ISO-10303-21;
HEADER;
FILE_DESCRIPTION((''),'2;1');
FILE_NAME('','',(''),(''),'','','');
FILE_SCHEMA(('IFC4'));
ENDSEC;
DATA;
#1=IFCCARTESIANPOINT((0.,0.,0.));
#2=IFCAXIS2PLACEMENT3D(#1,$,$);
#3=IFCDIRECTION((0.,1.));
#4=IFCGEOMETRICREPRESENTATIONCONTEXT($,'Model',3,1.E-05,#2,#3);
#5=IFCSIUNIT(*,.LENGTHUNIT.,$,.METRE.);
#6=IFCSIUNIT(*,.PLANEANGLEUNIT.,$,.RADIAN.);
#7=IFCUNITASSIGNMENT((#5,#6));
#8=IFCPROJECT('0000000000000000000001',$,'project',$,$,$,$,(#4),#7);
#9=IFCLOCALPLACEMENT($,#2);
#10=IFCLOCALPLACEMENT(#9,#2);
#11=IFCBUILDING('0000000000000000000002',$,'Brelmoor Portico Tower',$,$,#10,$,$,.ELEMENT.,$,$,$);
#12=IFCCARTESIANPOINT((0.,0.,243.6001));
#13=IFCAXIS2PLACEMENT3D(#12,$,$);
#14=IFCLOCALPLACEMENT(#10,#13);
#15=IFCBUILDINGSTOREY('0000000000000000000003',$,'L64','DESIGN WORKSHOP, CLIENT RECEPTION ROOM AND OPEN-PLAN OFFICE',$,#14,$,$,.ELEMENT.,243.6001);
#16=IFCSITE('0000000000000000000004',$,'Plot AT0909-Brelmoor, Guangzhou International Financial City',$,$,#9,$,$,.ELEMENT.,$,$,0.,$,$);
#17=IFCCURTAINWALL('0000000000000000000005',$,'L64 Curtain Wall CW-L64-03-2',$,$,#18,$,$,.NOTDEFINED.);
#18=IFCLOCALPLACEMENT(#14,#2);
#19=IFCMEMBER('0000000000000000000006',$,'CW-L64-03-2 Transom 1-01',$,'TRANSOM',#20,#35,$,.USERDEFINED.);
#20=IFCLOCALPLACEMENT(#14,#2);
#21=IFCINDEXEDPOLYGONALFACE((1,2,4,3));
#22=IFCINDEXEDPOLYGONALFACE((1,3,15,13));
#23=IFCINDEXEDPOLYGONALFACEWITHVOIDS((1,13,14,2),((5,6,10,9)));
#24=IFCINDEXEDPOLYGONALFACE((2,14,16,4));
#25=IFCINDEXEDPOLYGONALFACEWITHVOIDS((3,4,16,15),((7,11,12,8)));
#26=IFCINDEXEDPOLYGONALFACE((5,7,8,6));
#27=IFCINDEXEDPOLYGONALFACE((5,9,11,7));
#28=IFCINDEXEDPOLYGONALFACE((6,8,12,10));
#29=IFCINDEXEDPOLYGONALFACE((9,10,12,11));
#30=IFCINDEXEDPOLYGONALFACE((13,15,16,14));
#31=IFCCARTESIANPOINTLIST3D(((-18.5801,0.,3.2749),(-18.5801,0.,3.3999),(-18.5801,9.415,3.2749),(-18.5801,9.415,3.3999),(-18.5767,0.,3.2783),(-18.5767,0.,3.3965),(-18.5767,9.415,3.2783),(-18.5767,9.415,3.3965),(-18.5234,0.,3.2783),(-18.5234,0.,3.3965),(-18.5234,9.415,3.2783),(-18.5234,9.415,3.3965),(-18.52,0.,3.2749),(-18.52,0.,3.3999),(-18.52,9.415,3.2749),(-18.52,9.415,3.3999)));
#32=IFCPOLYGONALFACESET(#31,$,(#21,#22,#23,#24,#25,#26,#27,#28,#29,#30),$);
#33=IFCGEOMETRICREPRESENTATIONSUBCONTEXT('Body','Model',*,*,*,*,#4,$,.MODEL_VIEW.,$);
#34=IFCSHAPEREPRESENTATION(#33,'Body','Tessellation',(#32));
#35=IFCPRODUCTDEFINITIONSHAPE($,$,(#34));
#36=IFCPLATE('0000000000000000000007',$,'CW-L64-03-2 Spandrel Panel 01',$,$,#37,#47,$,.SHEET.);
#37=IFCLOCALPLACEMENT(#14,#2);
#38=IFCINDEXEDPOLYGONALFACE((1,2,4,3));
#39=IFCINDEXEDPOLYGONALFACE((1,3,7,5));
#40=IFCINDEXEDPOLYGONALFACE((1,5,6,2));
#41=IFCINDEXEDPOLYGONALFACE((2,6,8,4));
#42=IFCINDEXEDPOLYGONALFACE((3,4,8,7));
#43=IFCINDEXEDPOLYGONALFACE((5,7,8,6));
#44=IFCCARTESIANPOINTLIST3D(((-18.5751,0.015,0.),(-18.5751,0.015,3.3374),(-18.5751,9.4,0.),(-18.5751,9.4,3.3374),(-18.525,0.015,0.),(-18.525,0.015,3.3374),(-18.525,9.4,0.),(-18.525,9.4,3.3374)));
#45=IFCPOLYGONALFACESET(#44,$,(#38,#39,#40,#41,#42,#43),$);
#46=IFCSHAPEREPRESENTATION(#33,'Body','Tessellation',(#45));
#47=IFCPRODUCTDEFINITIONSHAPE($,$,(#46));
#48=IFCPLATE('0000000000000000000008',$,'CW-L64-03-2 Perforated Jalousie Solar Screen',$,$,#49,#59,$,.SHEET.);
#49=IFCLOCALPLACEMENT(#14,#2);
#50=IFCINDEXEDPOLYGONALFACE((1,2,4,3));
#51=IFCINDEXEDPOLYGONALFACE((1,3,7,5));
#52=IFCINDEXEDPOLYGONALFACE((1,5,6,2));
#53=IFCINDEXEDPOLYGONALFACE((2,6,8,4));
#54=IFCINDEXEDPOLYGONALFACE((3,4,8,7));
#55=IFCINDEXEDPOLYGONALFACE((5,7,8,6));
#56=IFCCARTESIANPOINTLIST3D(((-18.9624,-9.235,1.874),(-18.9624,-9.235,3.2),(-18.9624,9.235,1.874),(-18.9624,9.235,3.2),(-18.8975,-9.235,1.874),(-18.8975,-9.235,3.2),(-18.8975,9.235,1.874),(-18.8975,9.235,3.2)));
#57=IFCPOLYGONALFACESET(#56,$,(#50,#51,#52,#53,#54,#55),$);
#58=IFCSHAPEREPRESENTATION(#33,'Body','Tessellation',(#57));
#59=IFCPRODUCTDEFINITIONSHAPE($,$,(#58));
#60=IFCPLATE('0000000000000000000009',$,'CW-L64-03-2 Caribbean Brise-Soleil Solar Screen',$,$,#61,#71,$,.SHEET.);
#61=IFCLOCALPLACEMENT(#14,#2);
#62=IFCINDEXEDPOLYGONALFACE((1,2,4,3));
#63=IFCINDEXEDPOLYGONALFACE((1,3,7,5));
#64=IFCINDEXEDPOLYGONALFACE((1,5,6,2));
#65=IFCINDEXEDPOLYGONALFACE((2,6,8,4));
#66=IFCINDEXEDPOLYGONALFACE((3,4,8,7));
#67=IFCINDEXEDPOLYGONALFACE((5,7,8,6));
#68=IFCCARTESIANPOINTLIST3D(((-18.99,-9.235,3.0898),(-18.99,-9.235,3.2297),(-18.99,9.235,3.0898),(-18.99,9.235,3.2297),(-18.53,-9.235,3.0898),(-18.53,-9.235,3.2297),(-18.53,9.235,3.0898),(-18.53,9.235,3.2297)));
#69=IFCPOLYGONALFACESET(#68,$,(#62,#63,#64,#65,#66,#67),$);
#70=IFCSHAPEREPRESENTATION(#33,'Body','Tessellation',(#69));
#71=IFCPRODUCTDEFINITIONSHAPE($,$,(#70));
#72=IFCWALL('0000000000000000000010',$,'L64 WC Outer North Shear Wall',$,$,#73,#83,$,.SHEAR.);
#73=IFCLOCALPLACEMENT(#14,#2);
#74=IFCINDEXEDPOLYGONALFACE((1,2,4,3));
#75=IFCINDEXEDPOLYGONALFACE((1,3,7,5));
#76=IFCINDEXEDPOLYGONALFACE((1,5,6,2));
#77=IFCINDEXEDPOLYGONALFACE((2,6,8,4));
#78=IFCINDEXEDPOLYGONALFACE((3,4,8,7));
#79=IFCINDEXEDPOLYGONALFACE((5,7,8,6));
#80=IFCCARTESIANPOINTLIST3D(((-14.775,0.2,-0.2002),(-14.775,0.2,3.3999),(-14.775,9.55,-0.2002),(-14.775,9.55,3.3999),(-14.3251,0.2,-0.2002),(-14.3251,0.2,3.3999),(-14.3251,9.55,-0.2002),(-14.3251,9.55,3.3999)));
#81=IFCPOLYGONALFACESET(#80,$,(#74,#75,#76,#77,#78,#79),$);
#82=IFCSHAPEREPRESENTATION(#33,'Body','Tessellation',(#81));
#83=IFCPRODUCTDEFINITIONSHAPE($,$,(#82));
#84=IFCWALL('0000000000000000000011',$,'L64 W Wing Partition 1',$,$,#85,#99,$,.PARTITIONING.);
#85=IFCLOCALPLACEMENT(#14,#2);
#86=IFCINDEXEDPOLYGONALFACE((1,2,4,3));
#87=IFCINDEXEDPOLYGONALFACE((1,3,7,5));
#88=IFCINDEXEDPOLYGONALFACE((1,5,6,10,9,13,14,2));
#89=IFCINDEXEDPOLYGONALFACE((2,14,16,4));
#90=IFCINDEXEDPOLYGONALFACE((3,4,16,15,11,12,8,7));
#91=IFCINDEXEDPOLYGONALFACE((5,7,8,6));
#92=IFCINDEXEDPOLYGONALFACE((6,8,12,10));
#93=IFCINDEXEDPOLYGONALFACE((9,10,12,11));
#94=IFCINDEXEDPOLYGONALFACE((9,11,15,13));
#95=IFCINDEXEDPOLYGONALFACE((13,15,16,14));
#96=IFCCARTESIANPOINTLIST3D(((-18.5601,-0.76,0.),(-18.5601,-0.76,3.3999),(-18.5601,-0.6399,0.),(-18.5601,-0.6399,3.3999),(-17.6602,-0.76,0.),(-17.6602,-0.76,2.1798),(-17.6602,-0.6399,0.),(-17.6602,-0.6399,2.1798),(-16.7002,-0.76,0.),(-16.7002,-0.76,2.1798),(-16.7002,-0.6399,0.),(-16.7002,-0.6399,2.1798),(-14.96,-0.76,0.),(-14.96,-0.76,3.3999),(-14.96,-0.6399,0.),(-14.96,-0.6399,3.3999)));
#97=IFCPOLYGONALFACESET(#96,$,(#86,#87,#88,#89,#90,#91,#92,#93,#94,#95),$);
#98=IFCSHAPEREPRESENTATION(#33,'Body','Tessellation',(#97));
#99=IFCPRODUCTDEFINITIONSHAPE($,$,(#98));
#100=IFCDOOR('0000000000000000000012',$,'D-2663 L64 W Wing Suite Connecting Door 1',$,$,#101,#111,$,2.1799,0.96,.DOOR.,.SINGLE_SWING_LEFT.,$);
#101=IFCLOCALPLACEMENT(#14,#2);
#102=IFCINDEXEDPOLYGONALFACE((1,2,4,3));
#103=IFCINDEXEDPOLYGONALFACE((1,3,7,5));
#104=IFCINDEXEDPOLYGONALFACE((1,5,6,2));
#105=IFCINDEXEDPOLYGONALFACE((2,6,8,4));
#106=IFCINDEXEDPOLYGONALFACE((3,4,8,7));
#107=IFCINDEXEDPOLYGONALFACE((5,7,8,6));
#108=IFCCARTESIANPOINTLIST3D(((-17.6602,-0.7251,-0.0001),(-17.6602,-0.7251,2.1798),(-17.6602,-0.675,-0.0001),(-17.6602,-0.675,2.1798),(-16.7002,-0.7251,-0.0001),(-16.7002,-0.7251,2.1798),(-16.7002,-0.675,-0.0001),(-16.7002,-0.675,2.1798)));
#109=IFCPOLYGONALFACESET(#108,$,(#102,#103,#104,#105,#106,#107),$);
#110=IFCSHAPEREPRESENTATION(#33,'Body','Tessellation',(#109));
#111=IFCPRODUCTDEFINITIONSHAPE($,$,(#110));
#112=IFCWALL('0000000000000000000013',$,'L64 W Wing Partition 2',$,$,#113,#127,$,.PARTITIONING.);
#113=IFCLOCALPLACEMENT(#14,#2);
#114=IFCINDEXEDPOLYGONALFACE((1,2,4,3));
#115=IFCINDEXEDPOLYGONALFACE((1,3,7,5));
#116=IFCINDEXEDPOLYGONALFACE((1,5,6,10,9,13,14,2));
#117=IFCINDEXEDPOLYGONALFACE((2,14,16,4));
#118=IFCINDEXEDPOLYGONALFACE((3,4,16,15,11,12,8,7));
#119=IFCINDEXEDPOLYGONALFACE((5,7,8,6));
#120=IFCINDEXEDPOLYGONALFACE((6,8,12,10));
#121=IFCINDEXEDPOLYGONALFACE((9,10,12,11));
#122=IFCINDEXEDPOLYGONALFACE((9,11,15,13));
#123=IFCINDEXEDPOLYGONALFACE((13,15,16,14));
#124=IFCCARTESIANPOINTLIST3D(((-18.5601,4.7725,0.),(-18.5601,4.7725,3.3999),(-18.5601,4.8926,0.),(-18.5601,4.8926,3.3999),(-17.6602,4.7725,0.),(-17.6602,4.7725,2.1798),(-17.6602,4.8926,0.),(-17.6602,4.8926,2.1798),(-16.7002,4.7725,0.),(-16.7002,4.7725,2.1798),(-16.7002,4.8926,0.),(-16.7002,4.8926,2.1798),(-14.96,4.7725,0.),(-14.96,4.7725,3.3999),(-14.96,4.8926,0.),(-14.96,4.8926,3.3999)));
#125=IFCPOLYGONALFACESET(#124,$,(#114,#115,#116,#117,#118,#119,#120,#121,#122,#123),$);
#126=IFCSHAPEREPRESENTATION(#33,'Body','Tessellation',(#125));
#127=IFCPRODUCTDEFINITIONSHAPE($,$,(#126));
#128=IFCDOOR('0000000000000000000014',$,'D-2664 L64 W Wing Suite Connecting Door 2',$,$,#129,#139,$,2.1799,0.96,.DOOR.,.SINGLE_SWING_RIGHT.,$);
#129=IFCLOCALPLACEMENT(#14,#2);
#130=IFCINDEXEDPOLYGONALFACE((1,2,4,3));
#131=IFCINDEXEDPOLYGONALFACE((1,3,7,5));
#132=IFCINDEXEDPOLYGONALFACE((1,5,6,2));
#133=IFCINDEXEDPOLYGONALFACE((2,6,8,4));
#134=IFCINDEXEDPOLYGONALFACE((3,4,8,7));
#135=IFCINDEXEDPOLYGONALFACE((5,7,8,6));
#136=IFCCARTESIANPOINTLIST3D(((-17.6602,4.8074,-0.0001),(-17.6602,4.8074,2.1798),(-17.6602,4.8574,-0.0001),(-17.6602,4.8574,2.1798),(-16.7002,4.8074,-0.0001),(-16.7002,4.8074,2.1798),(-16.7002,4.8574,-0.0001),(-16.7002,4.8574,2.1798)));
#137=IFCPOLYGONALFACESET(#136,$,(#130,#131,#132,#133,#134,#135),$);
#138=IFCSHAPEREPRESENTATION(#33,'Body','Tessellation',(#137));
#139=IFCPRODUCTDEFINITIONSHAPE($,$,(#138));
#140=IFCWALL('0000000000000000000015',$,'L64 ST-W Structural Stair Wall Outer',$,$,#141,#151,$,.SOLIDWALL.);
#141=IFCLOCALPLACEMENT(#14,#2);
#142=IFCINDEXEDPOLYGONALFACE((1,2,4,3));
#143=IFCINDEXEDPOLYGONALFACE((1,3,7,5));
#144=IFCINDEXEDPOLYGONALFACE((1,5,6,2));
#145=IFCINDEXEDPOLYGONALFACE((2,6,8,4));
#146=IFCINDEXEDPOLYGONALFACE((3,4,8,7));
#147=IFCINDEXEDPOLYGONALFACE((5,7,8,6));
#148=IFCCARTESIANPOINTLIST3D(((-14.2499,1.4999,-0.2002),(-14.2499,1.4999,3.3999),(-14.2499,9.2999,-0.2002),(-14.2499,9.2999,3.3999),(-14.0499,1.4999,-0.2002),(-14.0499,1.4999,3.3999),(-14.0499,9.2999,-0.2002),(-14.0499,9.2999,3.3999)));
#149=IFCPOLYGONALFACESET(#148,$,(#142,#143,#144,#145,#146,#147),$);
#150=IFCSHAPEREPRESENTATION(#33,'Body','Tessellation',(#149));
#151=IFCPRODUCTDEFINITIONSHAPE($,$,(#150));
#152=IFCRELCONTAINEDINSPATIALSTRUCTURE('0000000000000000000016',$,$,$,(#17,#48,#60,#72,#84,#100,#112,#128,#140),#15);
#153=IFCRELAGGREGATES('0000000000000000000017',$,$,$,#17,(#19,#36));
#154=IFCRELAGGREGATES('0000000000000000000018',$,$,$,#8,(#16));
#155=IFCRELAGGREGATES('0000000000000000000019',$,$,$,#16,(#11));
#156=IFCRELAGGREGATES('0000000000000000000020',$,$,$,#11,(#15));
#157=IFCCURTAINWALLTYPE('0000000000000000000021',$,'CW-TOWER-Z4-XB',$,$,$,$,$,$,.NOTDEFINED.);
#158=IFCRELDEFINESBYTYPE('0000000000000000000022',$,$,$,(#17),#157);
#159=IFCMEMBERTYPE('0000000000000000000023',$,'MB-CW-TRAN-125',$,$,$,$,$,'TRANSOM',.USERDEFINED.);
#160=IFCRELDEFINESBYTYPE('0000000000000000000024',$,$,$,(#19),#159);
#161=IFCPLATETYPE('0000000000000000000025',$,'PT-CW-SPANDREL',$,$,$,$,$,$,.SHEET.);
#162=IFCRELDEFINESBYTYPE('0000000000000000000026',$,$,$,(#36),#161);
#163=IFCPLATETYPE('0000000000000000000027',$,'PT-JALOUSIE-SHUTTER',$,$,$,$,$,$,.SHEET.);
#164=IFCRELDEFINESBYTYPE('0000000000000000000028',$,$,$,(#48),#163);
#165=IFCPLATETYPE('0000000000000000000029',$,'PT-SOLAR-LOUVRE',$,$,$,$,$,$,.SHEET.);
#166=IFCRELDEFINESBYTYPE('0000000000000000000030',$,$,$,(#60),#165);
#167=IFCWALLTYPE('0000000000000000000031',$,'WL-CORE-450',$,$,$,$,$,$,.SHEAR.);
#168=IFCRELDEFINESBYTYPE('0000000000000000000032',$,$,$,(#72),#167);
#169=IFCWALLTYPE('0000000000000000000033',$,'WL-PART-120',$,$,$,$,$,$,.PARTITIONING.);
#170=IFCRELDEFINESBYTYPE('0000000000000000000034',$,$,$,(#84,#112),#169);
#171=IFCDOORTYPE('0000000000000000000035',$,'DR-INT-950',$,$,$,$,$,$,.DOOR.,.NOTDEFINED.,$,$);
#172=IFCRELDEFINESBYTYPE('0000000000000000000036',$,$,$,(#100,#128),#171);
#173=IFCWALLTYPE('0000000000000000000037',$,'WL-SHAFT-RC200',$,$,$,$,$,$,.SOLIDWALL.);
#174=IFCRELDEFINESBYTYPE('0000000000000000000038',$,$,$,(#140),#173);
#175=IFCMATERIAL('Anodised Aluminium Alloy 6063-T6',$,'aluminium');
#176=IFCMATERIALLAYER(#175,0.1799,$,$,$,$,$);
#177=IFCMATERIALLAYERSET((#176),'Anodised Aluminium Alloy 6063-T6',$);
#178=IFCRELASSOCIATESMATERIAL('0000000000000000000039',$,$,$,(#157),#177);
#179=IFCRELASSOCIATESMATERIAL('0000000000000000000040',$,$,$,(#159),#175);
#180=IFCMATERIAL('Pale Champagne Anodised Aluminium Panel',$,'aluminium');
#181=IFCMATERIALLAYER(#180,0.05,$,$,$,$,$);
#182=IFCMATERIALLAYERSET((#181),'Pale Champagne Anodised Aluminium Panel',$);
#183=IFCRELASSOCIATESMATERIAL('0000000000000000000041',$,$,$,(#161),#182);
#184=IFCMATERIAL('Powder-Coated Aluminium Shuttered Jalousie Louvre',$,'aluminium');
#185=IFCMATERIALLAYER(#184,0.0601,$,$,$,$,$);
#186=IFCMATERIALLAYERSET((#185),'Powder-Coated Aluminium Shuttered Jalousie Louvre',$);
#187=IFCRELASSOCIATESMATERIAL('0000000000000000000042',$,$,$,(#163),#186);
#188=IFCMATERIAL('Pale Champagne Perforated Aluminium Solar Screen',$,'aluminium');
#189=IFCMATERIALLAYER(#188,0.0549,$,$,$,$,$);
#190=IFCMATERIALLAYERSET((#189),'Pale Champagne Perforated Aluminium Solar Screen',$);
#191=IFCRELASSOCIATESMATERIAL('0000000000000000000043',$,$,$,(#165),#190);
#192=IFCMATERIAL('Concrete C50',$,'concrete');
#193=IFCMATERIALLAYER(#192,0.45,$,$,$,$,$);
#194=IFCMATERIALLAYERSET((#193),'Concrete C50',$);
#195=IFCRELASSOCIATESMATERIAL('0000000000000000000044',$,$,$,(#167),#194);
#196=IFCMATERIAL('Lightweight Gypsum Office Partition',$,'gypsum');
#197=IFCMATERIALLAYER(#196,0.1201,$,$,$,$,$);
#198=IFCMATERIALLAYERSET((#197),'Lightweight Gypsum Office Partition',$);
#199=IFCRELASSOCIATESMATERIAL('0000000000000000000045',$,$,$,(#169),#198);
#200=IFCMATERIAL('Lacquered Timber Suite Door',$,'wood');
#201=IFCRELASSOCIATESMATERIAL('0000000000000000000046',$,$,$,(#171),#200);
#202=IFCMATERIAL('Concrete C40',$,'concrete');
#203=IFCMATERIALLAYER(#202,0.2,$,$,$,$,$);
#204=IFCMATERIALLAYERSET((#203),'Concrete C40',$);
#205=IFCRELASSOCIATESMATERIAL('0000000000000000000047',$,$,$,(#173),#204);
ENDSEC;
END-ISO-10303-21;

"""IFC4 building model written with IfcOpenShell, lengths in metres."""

from ifc_helpers import new_model, si_unit, direction, frame, frame_2d, origin, origin_2d, place, context, subcontext, project, spatial, rectangle, hollow_rectangle, extrude, material, layer, layer_set, material_profile, profile_set, type_object, element, fill, aggregate, save


model = new_model("IFC4")

# Units and contexts
model_context = context("Model", 3, precision=1e-05, world=origin(), true_north=direction((0.0, 1.0)))
body_context = subcontext(model_context, "Body", "Model", "MODEL_VIEW")
ifc_project = project(units=[si_unit("LENGTHUNIT", "METRE"), si_unit("PLANEANGLEUNIT", "RADIAN")], contexts=[model_context])

# Site, building, storey
site_placement = place(None, origin())
site = spatial("IfcSite", under=ifc_project, at=site_placement, Name="Plot AT0909-Brelmoor, Guangzhou International Financial City", CompositionType="ELEMENT", RefElevation=0.0)
building_placement = place(site_placement, origin())
building = spatial("IfcBuilding", under=site, at=building_placement, Name="Brelmoor Portico Tower", CompositionType="ELEMENT")
storey_placement = place(building_placement, frame((0.0, 0.0, 243.6001)))
storey = spatial("IfcBuildingStorey", under=building, at=storey_placement, Name="L64", Description="DESIGN WORKSHOP, CLIENT RECEPTION ROOM AND OPEN-PLAN OFFICE", CompositionType="ELEMENT", Elevation=243.6001)

# Curtain wall, member, plate
ifc_material_1 = material(Name="Anodised Aluminium Alloy 6063-T6", Category="aluminium")
ifc_layer_1 = layer(ifc_material_1, 0.1799)
ifc_layer_set_1 = layer_set([ifc_layer_1], Name="Anodised Aluminium Alloy 6063-T6")
curtain_wall_type = type_object("IfcCurtainWallType", Name="CW-TOWER-Z4-XB", PredefinedType="NOTDEFINED", material=ifc_layer_set_1)
curtain_wall_placement = place(storey_placement, origin())
curtain_wall = element("IfcCurtainWall", 1, at=curtain_wall_placement, inside=storey, type_object=curtain_wall_type, Name="L64 Curtain Wall CW-L64-03-2", PredefinedType="NOTDEFINED")
ifc_material_profile_1 = material_profile(ifc_material_1, hollow_rectangle(XDim=0.0601, YDim=0.125, WallThickness=0.0034, at=origin_2d()), Name="ALU TRANSOM 60x125")
ifc_profile_set_1 = profile_set([ifc_material_profile_1], Name="Anodised Aluminium Alloy 6063-T6")
member_type_1 = type_object("IfcMemberType", Name="MB-CW-TRAN-125", ElementType="TRANSOM", PredefinedType="USERDEFINED", material=ifc_profile_set_1)
member_1_placement = place(storey_placement, frame((-18.55, 0.0, 3.3374), z_axis=(0.0, 1.0, 0.0), x_axis=(-1.0, 0.0, 0.0)))
member_1 = element("IfcMember", 2, at=member_1_placement, type_object=member_type_1, Name="CW-L64-03-2 Transom 1-01", ObjectType="TRANSOM", PredefinedType="USERDEFINED", context=body_context, shape_type="SweptSolid", body=[
    extrude(hollow_rectangle(XDim=0.0601, YDim=0.125, WallThickness=0.0034, at=origin_2d()), origin(), (0.0, 0.0, 1.0), 9.415),
])
ifc_material_2 = material(Name="Pale Champagne Anodised Aluminium Panel", Category="aluminium")
ifc_layer_2 = layer(ifc_material_2, 0.05)
ifc_layer_set_2 = layer_set([ifc_layer_2], Name="Pale Champagne Anodised Aluminium Panel")
plate_type_1 = type_object("IfcPlateType", Name="PT-CW-SPANDREL", PredefinedType="SHEET", material=ifc_layer_set_2)
plate_1_placement = place(storey_placement, frame((-18.55, 4.7075, 0.0), z_axis=(0.0, 0.0, 1.0), x_axis=(0.0, 1.0, 0.0)))
plate_1 = element("IfcPlate", 3, at=plate_1_placement, type_object=plate_type_1, Name="CW-L64-03-2 Spandrel Panel 01", PredefinedType="SHEET", context=body_context, shape_type="SweptSolid", body=[
    extrude(rectangle(XDim=9.385, YDim=0.05, at=origin_2d()), origin(), (0.0, 0.0, 1.0), 3.3374),
])
aggregate(curtain_wall, [member_1, plate_1])

# Plates
ifc_material_3 = material(Name="Powder-Coated Aluminium Shuttered Jalousie Louvre", Category="aluminium")
ifc_layer_3 = layer(ifc_material_3, 0.0601)
ifc_layer_set_3 = layer_set([ifc_layer_3], Name="Powder-Coated Aluminium Shuttered Jalousie Louvre")
plate_type_2 = type_object("IfcPlateType", Name="PT-JALOUSIE-SHUTTER", PredefinedType="SHEET", material=ifc_layer_set_3)
plate_2_placement = place(storey_placement, frame((-18.9299, 0.0, 1.874), z_axis=(0.0, 0.0, 1.0), x_axis=(0.0, 1.0, 0.0)))
element("IfcPlate", 4, at=plate_2_placement, inside=storey, type_object=plate_type_2, Name="CW-L64-03-2 Perforated Jalousie Solar Screen", PredefinedType="SHEET", context=body_context, shape_type="SweptSolid", body=[
    extrude(rectangle(XDim=18.47, YDim=0.0649, at=origin_2d()), origin(), (0.0, 0.0, 1.0), 1.3259),
])
ifc_material_4 = material(Name="Pale Champagne Perforated Aluminium Solar Screen", Category="aluminium")
ifc_layer_4 = layer(ifc_material_4, 0.0549)
ifc_layer_set_4 = layer_set([ifc_layer_4], Name="Pale Champagne Perforated Aluminium Solar Screen")
plate_type_3 = type_object("IfcPlateType", Name="PT-SOLAR-LOUVRE", PredefinedType="SHEET", material=ifc_layer_set_4)
plate_3_placement = place(storey_placement, frame((-18.76, 0.0, 3.0898), z_axis=(0.0, 0.0, 1.0), x_axis=(0.0, 1.0, 0.0)))
element("IfcPlate", 5, at=plate_3_placement, inside=storey, type_object=plate_type_3, Name="CW-L64-03-2 Caribbean Brise-Soleil Solar Screen", PredefinedType="SHEET", context=body_context, shape_type="SweptSolid", body=[
    extrude(rectangle(XDim=18.47, YDim=0.46, at=origin_2d()), origin(), (0.0, 0.0, 1.0), 0.1399),
])

# Wall
ifc_material_5 = material(Name="Concrete C50", Category="concrete")
ifc_layer_5 = layer(ifc_material_5, 0.45)
ifc_layer_set_5 = layer_set([ifc_layer_5], Name="Concrete C50")
wall_type_1 = type_object("IfcWallType", Name="WL-CORE-450", PredefinedType="SHEAR", material=ifc_layer_set_5)
wall_1_placement = place(storey_placement, frame((-14.55, 0.2, -0.2002), z_axis=(0.0, 0.0, 1.0), x_axis=(0.0, 1.0, 0.0)))
element("IfcWall", 6, at=wall_1_placement, inside=storey, type_object=wall_type_1, Name="L64 WC Outer North Shear Wall", PredefinedType="SHEAR", context=body_context, shape_type="SweptSolid", body=[
    extrude(rectangle(XDim=9.3501, YDim=0.45, at=frame_2d((4.675, 0.0))), origin(), (0.0, 0.0, 1.0), 3.6001),
])

# Walls, openings, doors
ifc_material_6 = material(Name="Lightweight Gypsum Office Partition", Category="gypsum")
ifc_layer_6 = layer(ifc_material_6, 0.1201)
ifc_layer_set_6 = layer_set([ifc_layer_6], Name="Lightweight Gypsum Office Partition")
wall_type_2 = type_object("IfcWallType", Name="WL-PART-120", PredefinedType="PARTITIONING", material=ifc_layer_set_6)
wall_2_placement = place(storey_placement, frame((-18.5601, -0.7, 0.0), z_axis=(0.0, 0.0, 1.0), x_axis=(1.0, 0.0, 0.0)))
wall_2 = element("IfcWall", 7, at=wall_2_placement, inside=storey, type_object=wall_type_2, Name="L64 W Wing Partition 1", PredefinedType="PARTITIONING", context=body_context, shape_type="SweptSolid", body=[
    extrude(rectangle(XDim=3.6001, YDim=0.1201, at=frame_2d((1.8, 0.0))), origin(), (0.0, 0.0, 1.0), 3.3999),
])
opening_1_placement = place(wall_2_placement, frame((0.8999, 0.0, 0.0)))
opening_1 = element("IfcOpeningElement", 8, at=opening_1_placement, cuts=wall_2, PredefinedType="OPENING", context=body_context, shape_type="SweptSolid", body=[
    extrude(rectangle(XDim=0.96, YDim=2.1799, at=frame_2d((0.48, 1.0898))), frame((0.0, 0.0701, 0.0), z_axis=(0.0, -1.0, 0.0), x_axis=(1.0, 0.0, 0.0)), (0.0, 0.0, 1.0), 0.1401),
])
ifc_material_7 = material(Name="Lacquered Timber Suite Door", Category="wood")
door_type_1 = type_object("IfcDoorType", Name="DR-INT-950", OperationType="NOTDEFINED", PredefinedType="DOOR", material=ifc_material_7)
door_1_placement = place(opening_1_placement, origin())
door_1 = element("IfcDoor", 9, at=door_1_placement, inside=storey, type_object=door_type_1, Name="D-2663 L64 W Wing Suite Connecting Door 1", OperationType="SINGLE_SWING_LEFT", OverallHeight=2.1799, OverallWidth=0.96, PredefinedType="DOOR", context=body_context, shape_type="SweptSolid", body=[
    extrude(rectangle(XDim=0.96, YDim=2.1799, at=frame_2d((0.48, 1.0898))), frame((0.0, 0.0249, 0.0), z_axis=(0.0, -1.0, 0.0), x_axis=(1.0, 0.0, 0.0)), (0.0, 0.0, 1.0), 0.05),
])
fill(opening_1, door_1)
wall_3_placement = place(storey_placement, frame((-18.5601, 4.8325, 0.0), z_axis=(0.0, 0.0, 1.0), x_axis=(1.0, 0.0, 0.0)))
wall_3 = element("IfcWall", 10, at=wall_3_placement, inside=storey, type_object=wall_type_2, Name="L64 W Wing Partition 2", PredefinedType="PARTITIONING", context=body_context, shape_type="SweptSolid", body=[
    extrude(rectangle(XDim=3.6001, YDim=0.1201, at=frame_2d((1.8, 0.0))), origin(), (0.0, 0.0, 1.0), 3.3999),
])
opening_2_placement = place(wall_3_placement, frame((0.8999, 0.0, 0.0)))
opening_2 = element("IfcOpeningElement", 11, at=opening_2_placement, cuts=wall_3, PredefinedType="OPENING", context=body_context, shape_type="SweptSolid", body=[
    extrude(rectangle(XDim=0.96, YDim=2.1799, at=frame_2d((0.48, 1.0898))), frame((0.0, 0.0701, 0.0), z_axis=(0.0, -1.0, 0.0), x_axis=(1.0, 0.0, 0.0)), (0.0, 0.0, 1.0), 0.1401),
])
door_2_placement = place(opening_2_placement, origin())
door_2 = element("IfcDoor", 12, at=door_2_placement, inside=storey, type_object=door_type_1, Name="D-2664 L64 W Wing Suite Connecting Door 2", OperationType="SINGLE_SWING_RIGHT", OverallHeight=2.1799, OverallWidth=0.96, PredefinedType="DOOR", context=body_context, shape_type="SweptSolid", body=[
    extrude(rectangle(XDim=0.96, YDim=2.1799, at=frame_2d((0.48, 1.0898))), frame((0.0, 0.0249, 0.0), z_axis=(0.0, -1.0, 0.0), x_axis=(1.0, 0.0, 0.0)), (0.0, 0.0, 1.0), 0.05),
])
fill(opening_2, door_2)

# Wall
ifc_material_8 = material(Name="Concrete C40", Category="concrete")
ifc_layer_7 = layer(ifc_material_8, 0.2)
ifc_layer_set_7 = layer_set([ifc_layer_7], Name="Concrete C40")
wall_type_3 = type_object("IfcWallType", Name="WL-SHAFT-RC200", PredefinedType="SOLIDWALL", material=ifc_layer_set_7)
wall_4_placement = place(storey_placement, frame((-14.1499, 1.5, -0.2002), z_axis=(0.0, 0.0, 1.0), x_axis=(0.0, 1.0, 0.0)))
element("IfcWall", 13, at=wall_4_placement, inside=storey, type_object=wall_type_3, Name="L64 ST-W Structural Stair Wall Outer", PredefinedType="SOLIDWALL", context=body_context, shape_type="SweptSolid", body=[
    extrude(rectangle(XDim=7.8, YDim=0.2, at=frame_2d((3.8999, 0.0))), origin(), (0.0, 0.0, 1.0), 3.6001),
])

save(model, "model.ifc")
